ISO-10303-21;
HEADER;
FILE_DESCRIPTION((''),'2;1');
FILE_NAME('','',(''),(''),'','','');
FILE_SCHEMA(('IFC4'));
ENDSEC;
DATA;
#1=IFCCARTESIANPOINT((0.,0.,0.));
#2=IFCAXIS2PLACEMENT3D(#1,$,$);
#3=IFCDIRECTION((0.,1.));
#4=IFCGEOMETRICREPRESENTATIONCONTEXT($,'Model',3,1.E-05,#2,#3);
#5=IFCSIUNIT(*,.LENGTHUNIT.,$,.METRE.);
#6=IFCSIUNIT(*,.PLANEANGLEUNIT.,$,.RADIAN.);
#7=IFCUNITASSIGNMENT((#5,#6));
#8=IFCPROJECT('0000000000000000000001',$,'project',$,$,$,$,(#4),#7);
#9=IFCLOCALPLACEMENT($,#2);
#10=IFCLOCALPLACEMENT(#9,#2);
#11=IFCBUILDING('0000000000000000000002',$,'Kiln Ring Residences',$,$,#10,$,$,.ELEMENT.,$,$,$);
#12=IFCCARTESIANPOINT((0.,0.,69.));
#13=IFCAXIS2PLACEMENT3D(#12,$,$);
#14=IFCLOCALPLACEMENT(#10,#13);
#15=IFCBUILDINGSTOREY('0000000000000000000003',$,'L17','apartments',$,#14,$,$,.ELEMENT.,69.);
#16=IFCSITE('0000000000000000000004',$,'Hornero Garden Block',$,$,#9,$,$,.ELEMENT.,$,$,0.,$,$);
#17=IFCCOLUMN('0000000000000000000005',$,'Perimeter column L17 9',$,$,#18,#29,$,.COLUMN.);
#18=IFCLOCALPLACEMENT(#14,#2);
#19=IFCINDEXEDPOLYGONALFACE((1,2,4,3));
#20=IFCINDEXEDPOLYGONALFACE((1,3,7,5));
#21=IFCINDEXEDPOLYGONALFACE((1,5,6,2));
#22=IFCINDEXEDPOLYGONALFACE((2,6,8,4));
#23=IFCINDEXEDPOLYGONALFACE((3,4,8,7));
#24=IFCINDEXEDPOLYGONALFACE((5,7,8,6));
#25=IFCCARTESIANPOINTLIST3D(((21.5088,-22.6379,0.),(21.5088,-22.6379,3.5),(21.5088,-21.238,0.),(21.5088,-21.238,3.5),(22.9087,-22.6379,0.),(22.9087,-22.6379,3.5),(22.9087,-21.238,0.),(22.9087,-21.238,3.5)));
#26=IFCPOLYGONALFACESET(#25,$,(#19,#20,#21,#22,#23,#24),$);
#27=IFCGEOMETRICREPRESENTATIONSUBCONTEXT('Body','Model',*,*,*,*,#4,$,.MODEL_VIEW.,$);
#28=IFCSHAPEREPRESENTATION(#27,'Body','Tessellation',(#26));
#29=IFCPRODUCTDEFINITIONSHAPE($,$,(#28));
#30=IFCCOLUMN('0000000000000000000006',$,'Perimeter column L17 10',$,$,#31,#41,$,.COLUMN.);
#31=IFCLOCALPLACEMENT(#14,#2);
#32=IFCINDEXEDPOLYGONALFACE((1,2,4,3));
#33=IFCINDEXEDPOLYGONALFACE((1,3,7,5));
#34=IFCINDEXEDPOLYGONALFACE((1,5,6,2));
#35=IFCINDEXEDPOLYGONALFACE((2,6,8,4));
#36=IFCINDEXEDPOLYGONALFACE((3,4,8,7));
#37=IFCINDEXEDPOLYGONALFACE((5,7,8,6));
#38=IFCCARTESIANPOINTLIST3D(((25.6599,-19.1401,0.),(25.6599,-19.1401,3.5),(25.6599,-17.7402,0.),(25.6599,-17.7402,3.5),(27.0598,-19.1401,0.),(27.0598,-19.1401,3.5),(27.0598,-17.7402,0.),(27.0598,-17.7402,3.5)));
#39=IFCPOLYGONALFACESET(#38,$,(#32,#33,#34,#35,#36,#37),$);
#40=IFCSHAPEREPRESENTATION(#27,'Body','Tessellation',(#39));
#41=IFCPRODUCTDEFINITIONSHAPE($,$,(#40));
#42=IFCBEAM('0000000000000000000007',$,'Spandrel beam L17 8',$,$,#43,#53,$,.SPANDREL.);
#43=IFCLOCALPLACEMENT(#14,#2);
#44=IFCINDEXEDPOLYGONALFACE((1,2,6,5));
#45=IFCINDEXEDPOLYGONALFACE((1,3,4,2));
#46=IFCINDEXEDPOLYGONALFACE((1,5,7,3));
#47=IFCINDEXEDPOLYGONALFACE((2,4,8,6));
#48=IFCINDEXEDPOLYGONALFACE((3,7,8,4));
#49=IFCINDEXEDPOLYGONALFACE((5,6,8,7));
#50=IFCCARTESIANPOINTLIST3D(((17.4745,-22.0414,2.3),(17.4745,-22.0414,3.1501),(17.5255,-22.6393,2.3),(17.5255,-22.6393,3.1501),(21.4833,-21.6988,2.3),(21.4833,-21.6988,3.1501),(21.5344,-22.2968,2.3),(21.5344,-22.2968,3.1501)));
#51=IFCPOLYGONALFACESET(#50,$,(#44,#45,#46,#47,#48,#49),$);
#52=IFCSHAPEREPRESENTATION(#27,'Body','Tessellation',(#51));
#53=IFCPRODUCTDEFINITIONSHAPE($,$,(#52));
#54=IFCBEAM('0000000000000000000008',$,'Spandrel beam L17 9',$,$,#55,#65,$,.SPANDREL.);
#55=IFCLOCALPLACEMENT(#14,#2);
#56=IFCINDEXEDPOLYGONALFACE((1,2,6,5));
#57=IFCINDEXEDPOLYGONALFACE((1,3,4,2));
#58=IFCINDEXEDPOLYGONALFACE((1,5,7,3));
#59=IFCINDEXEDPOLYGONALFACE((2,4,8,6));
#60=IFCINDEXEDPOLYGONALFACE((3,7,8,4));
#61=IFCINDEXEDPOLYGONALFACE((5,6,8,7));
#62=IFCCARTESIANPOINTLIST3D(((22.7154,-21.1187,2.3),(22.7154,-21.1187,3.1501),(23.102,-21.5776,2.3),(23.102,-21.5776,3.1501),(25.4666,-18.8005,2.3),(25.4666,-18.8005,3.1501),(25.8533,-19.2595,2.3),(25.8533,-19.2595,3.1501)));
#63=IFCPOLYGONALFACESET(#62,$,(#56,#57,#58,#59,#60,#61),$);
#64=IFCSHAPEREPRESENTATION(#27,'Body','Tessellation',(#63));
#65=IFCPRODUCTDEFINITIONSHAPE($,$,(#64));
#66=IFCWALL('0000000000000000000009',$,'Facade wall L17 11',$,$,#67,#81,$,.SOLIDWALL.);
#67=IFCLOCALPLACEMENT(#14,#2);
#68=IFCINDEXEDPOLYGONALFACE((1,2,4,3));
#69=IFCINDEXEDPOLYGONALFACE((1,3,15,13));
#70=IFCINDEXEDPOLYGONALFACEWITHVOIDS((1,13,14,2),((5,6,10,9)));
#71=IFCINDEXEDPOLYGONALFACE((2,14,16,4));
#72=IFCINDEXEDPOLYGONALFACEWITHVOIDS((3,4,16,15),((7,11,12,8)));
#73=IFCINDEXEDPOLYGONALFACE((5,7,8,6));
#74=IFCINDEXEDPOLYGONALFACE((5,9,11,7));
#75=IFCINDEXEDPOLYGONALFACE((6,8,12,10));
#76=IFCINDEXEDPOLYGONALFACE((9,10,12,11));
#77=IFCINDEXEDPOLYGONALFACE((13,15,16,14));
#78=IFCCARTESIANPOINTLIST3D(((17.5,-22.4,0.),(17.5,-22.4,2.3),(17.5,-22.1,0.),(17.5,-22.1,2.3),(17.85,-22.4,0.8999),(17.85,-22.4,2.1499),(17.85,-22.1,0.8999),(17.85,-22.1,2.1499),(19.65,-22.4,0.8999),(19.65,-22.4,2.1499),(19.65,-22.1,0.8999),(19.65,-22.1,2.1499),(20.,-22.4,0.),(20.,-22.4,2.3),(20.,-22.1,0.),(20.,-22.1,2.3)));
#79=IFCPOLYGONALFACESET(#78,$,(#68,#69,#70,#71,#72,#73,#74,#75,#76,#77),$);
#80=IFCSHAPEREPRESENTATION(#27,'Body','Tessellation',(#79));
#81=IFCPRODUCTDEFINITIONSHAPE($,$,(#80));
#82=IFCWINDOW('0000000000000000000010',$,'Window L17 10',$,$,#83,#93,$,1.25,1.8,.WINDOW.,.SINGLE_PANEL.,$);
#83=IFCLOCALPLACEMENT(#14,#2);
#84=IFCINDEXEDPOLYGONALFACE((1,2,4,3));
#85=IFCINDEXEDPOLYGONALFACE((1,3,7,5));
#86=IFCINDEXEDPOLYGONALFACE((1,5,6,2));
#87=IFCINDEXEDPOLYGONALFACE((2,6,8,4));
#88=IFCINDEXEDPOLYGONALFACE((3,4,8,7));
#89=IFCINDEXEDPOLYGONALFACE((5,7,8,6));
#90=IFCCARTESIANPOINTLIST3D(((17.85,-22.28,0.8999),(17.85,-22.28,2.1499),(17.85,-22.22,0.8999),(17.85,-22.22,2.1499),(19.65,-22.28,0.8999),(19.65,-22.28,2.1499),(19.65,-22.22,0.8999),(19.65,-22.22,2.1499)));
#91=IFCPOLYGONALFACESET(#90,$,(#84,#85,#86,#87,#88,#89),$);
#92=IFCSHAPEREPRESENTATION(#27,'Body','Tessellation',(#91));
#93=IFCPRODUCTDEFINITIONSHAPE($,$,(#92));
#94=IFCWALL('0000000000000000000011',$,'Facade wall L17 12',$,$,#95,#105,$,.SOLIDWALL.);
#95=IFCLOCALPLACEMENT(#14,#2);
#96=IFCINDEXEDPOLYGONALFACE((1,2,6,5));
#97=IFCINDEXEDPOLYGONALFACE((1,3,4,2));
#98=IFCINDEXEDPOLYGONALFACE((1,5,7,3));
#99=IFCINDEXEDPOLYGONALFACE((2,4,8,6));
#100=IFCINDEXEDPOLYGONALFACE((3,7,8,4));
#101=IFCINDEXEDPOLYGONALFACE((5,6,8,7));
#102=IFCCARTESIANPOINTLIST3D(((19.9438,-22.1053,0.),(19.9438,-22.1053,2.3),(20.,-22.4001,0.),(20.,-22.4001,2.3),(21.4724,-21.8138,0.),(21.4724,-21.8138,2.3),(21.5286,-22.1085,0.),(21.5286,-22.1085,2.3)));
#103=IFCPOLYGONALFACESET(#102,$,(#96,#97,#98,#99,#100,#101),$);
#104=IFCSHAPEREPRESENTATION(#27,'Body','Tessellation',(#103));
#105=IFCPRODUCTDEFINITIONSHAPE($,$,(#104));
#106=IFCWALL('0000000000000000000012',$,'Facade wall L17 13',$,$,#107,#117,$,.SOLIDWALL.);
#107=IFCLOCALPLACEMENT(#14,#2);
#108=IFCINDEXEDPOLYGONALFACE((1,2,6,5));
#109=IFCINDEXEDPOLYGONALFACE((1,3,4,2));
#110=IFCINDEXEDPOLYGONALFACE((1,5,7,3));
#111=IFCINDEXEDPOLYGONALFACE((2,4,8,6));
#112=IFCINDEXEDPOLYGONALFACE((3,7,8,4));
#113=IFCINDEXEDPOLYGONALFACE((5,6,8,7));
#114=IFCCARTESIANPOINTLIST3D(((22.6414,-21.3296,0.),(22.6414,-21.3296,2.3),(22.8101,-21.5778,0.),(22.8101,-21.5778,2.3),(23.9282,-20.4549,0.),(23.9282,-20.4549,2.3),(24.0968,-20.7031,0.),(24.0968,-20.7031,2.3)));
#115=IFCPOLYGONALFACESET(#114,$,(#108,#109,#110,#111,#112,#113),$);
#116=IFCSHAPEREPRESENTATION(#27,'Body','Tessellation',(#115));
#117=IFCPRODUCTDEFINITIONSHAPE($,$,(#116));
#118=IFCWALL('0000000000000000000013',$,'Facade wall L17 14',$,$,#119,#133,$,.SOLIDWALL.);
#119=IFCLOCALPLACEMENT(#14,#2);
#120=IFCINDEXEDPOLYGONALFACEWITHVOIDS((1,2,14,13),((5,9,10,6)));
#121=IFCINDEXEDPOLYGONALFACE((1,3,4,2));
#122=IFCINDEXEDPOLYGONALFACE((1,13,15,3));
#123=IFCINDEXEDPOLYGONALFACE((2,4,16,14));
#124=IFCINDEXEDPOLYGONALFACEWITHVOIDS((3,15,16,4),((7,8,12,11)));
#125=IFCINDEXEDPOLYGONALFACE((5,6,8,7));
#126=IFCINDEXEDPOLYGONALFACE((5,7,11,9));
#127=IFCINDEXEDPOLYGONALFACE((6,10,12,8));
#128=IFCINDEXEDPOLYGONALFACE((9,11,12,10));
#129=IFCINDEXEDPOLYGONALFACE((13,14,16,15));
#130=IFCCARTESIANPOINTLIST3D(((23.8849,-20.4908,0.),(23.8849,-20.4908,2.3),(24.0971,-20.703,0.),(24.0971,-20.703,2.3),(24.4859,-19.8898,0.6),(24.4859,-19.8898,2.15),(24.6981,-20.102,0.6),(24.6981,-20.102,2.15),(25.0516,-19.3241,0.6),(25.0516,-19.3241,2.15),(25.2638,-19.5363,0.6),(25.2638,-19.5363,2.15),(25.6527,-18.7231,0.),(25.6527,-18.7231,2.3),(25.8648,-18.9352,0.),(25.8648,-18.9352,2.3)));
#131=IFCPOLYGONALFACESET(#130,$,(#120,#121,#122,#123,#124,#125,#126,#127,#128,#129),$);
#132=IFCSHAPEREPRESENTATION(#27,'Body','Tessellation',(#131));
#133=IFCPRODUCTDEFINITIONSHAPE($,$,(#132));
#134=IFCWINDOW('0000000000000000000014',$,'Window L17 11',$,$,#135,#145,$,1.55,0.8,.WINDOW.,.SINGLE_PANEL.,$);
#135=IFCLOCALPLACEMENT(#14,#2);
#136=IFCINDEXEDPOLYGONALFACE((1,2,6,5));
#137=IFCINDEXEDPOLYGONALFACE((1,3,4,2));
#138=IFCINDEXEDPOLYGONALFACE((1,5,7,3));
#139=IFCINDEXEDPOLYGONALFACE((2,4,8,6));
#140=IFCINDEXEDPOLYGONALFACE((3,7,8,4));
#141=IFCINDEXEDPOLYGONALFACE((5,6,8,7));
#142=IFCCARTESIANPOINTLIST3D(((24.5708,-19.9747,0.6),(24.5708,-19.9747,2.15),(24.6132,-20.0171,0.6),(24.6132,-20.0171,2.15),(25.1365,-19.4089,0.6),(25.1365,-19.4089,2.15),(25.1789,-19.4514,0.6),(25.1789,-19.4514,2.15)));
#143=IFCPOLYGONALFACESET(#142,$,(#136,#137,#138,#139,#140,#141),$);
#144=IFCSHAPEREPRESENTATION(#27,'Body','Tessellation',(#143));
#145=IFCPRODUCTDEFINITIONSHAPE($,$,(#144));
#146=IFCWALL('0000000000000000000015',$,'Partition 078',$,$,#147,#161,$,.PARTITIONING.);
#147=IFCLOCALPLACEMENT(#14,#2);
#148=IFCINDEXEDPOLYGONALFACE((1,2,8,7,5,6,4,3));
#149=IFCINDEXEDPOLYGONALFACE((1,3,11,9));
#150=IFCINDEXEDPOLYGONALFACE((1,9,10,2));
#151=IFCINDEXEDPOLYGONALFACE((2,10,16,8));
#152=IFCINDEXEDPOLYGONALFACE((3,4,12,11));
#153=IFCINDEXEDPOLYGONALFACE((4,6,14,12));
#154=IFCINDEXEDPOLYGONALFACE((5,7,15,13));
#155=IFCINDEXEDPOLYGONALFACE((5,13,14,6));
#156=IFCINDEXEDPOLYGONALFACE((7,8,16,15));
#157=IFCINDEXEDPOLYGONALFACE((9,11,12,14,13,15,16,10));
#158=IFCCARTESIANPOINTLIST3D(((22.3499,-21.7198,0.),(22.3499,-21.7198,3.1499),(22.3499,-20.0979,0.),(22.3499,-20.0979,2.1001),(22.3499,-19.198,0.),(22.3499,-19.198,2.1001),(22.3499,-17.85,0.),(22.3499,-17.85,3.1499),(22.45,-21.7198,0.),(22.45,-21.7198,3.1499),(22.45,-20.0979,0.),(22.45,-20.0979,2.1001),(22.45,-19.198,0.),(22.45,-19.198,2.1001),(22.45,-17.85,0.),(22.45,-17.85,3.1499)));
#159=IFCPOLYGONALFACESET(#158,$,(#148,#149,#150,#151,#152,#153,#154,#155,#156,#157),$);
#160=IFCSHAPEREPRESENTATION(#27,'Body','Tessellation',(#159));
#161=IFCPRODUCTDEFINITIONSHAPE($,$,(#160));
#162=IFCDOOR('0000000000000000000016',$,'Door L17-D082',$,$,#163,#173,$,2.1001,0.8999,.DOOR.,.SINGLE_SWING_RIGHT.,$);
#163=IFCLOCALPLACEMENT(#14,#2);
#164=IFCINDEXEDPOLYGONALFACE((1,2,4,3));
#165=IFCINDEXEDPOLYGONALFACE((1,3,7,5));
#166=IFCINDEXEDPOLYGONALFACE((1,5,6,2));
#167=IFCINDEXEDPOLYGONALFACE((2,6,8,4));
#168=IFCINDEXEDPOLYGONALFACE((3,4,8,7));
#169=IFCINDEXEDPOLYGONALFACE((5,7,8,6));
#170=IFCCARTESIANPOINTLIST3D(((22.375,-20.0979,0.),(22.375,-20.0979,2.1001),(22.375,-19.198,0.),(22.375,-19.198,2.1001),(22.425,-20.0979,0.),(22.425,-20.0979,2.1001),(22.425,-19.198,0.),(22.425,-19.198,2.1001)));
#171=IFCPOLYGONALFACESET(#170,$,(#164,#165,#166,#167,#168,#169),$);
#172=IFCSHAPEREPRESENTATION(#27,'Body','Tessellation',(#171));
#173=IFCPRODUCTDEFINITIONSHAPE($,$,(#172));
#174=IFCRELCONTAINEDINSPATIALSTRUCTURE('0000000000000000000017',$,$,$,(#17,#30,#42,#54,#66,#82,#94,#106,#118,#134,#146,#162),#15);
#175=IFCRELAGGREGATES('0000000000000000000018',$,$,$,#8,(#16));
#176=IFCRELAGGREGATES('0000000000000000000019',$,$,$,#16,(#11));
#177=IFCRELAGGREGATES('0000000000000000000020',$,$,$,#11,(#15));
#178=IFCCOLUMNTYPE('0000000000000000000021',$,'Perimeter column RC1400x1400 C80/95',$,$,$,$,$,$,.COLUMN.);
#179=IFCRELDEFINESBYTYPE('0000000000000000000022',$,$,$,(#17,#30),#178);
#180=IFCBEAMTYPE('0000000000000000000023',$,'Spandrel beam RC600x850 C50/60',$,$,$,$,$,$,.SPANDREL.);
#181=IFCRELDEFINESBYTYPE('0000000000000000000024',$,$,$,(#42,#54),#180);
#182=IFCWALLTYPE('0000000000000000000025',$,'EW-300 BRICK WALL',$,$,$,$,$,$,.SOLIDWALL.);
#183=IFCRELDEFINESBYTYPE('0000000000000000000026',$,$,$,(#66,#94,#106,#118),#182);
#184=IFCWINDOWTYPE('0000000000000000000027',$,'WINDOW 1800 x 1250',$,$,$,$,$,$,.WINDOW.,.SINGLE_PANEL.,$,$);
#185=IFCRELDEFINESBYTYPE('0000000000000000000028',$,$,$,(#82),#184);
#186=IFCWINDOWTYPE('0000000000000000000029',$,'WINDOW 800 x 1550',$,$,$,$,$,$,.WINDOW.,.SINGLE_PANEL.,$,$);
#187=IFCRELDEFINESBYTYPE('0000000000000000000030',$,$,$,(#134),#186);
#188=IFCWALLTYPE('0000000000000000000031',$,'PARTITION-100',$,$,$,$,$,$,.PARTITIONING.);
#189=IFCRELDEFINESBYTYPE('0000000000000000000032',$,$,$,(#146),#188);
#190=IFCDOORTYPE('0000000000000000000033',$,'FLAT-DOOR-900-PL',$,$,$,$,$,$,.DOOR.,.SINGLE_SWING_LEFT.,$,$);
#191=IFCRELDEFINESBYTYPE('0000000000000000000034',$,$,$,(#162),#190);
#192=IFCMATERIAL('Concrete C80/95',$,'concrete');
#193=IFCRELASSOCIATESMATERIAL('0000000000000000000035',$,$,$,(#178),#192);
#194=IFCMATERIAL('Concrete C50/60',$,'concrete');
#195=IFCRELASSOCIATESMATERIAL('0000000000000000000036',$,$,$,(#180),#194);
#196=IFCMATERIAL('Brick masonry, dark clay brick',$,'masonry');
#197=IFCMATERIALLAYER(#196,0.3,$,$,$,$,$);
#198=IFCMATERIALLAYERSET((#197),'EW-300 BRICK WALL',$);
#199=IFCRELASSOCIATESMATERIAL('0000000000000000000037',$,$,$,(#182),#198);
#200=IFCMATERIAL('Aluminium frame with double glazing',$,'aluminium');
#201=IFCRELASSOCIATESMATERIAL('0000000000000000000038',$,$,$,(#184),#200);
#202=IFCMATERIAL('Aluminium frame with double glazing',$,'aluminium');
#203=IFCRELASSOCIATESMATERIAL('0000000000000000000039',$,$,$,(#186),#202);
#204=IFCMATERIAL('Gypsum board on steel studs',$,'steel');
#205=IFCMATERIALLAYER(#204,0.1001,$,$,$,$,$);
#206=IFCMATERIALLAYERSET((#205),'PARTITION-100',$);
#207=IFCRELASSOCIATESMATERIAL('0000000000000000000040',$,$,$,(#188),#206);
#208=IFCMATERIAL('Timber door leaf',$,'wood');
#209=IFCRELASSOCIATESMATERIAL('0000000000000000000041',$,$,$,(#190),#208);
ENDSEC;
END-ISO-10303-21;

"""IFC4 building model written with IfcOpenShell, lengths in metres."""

from ifc_helpers import new_model, si_unit, direction, frame, frame_2d, origin, origin_2d, place, context, subcontext, project, spatial, rectangle, extrude, material, layer, layer_set, material_profile, profile_set, type_object, element, fill, save


model = new_model("IFC4")

# Units and contexts
model_context = context("Model", 3, precision=1e-05, world=origin(), true_north=direction((0.0, 1.0)))
body_context = subcontext(model_context, "Body", "Model", "MODEL_VIEW")
ifc_project = project(units=[si_unit("LENGTHUNIT", "METRE"), si_unit("PLANEANGLEUNIT", "RADIAN")], contexts=[model_context])

# Site, building, storey
site_placement = place(None, origin())
site = spatial("IfcSite", under=ifc_project, at=site_placement, Name="Hornero Garden Block", CompositionType="ELEMENT", RefElevation=0.0)
building_placement = place(site_placement, origin())
building = spatial("IfcBuilding", under=site, at=building_placement, Name="Kiln Ring Residences", CompositionType="ELEMENT")
storey_placement = place(building_placement, frame((0.0, 0.0, 69.0)))
storey = spatial("IfcBuildingStorey", under=building, at=storey_placement, Name="L17", Description="apartments", CompositionType="ELEMENT", Elevation=69.0)

# Columns
ifc_material_1 = material(Name="Concrete C80/95", Category="concrete")
ifc_material_profile_1 = material_profile(ifc_material_1, rectangle(XDim=1.3999, YDim=1.3999, at=origin_2d()), Name="RC1400x1400")
ifc_profile_set_1 = profile_set([ifc_material_profile_1], Name="Concrete C80/95")
column_type = type_object("IfcColumnType", Name="Perimeter column RC1400x1400 C80/95", PredefinedType="COLUMN", material=ifc_profile_set_1)
for number, where, z_axis, x_axis, name in (
    (1, (22.2087, -21.938, 0.0), (0.0, 0.0, 1.0), (1.0, 0.0, 0.0), "Perimeter column L17 9"),
    (2, (26.3599, -18.4402, 0.0), (0.0, 0.0, 1.0), (1.0, 0.0, 0.0), "Perimeter column L17 10"),
):
    element("IfcColumn", number, at=place(storey_placement, frame(where, z_axis=z_axis, x_axis=x_axis)), inside=storey, type_object=column_type, Name=name, PredefinedType="COLUMN", context=body_context, shape_type="SweptSolid", body=[
        extrude(rectangle(XDim=1.3999, YDim=1.3999, at=origin_2d()), origin(), (0.0, 0.0, 1.0), 3.5),
    ])

# Beams
ifc_material_2 = material(Name="Concrete C50/60", Category="concrete")
ifc_material_profile_2 = material_profile(ifc_material_2, rectangle(XDim=0.6001, YDim=0.8501, at=origin_2d()), Name="RC600x850")
ifc_profile_set_2 = profile_set([ifc_material_profile_2], Name="Concrete C50/60")
beam_type = type_object("IfcBeamType", Name="Spandrel beam RC600x850 C50/60", PredefinedType="SPANDREL", material=ifc_profile_set_2)
beam_1_placement = place(storey_placement, frame((17.5, -22.3403, 2.7251), z_axis=(0.996369, 0.085134, 0.0), x_axis=(-0.085134, 0.996369, 0.0)))
element("IfcBeam", 3, at=beam_1_placement, inside=storey, type_object=beam_type, Name="Spandrel beam L17 8", PredefinedType="SPANDREL", context=body_context, shape_type="SweptSolid", body=[
    extrude(rectangle(XDim=0.6001, YDim=0.8501, at=origin_2d()), origin(), (0.0, 0.0, 1.0), 4.0234),
])
beam_2_placement = place(storey_placement, frame((22.9087, -21.3481, 2.7251), z_axis=(0.764733, 0.644347, 0.0), x_axis=(-0.644347, 0.764733, 0.0)))
element("IfcBeam", 4, at=beam_2_placement, inside=storey, type_object=beam_type, Name="Spandrel beam L17 9", PredefinedType="SPANDREL", context=body_context, shape_type="SweptSolid", body=[
    extrude(rectangle(XDim=0.6001, YDim=0.8501, at=origin_2d()), origin(), (0.0, 0.0, 1.0), 3.5977),
])

# Wall, opening, window
ifc_material_3 = material(Name="Brick masonry, dark clay brick", Category="masonry")
ifc_layer_1 = layer(ifc_material_3, 0.3)
ifc_layer_set_1 = layer_set([ifc_layer_1], Name="EW-300 BRICK WALL")
wall_type_1 = type_object("IfcWallType", Name="EW-300 BRICK WALL", PredefinedType="SOLIDWALL", material=ifc_layer_set_1)
wall_1_placement = place(storey_placement, frame((17.5, -22.25, 0.0), z_axis=(0.0, 0.0, 1.0), x_axis=(1.0, 0.0, 0.0)))
wall_1 = element("IfcWall", 5, at=wall_1_placement, inside=storey, type_object=wall_type_1, Name="Facade wall L17 11", PredefinedType="SOLIDWALL", context=body_context, shape_type="SweptSolid", body=[
    extrude(rectangle(XDim=2.5, YDim=0.3, at=frame_2d((1.25, 0.0))), origin(), (0.0, 0.0, 1.0), 2.3),
])
opening_1_placement = place(wall_1_placement, frame((0.3501, 0.0, 0.8999)))
opening_1 = element("IfcOpeningElement", 6, at=opening_1_placement, cuts=wall_1, PredefinedType="OPENING", context=body_context, shape_type="SweptSolid", body=[
    extrude(rectangle(XDim=1.8, YDim=1.25, at=frame_2d((0.8999, 0.625))), frame((0.0, 0.1599, 0.0), z_axis=(0.0, -1.0, 0.0), x_axis=(1.0, 0.0, 0.0)), (0.0, 0.0, 1.0), 0.3201),
])
ifc_material_4 = material(Name="Aluminium frame with double glazing", Category="aluminium")
window_type_1 = type_object("IfcWindowType", Name="WINDOW 1800 x 1250", PartitioningType="SINGLE_PANEL", PredefinedType="WINDOW", material=ifc_material_4)
window_1_placement = place(opening_1_placement, origin())
window_1 = element("IfcWindow", 7, at=window_1_placement, inside=storey, type_object=window_type_1, Name="Window L17 10", OverallHeight=1.25, OverallWidth=1.8, PartitioningType="SINGLE_PANEL", PredefinedType="WINDOW", context=body_context, shape_type="SweptSolid", body=[
    extrude(rectangle(XDim=1.8, YDim=1.25, at=frame_2d((0.8999, 0.625))), frame((0.0, 0.03, 0.0), z_axis=(0.0, -1.0, 0.0), x_axis=(1.0, 0.0, 0.0)), (0.0, 0.0, 1.0), 0.0601),
])
fill(opening_1, window_1)

# Walls
wall_2_placement = place(storey_placement, frame((19.9719, -22.2527, 0.0), z_axis=(0.0, 0.0, 1.0), x_axis=(0.982297, 0.187328, 0.0)))
element("IfcWall", 8, at=wall_2_placement, inside=storey, type_object=wall_type_1, Name="Facade wall L17 12", PredefinedType="SOLIDWALL", context=body_context, shape_type="SweptSolid", body=[
    extrude(rectangle(XDim=1.5562, YDim=0.3, at=frame_2d((0.7781, 0.0))), origin(), (0.0, 0.0, 1.0), 2.3),
])
wall_3_placement = place(storey_placement, frame((22.7258, -21.4536, 0.0), z_axis=(0.0, 0.0, 1.0), x_axis=(0.82702, 0.562173, 0.0)))
element("IfcWall", 9, at=wall_3_placement, inside=storey, type_object=wall_type_1, Name="Facade wall L17 13", PredefinedType="SOLIDWALL", context=body_context, shape_type="SweptSolid", body=[
    extrude(rectangle(XDim=1.5559, YDim=0.3, at=frame_2d((0.7778, 0.0))), origin(), (0.0, 0.0, 1.0), 2.3),
])

# Wall, opening, window
wall_4_placement = place(storey_placement, frame((23.991, -20.5969, 0.0), z_axis=(0.0, 0.0, 1.0), x_axis=(0.707107, 0.707107, 0.0)))
wall_4 = element("IfcWall", 10, at=wall_4_placement, inside=storey, type_object=wall_type_1, Name="Facade wall L17 14", PredefinedType="SOLIDWALL", context=body_context, shape_type="SweptSolid", body=[
    extrude(rectangle(XDim=2.5, YDim=0.3, at=frame_2d((1.25, 0.0))), origin(), (0.0, 0.0, 1.0), 2.3),
])
opening_2_placement = place(wall_4_placement, frame((0.8501, 0.0, 0.6001)))
opening_2 = element("IfcOpeningElement", 11, at=opening_2_placement, cuts=wall_4, PredefinedType="OPENING", context=body_context, shape_type="SweptSolid", body=[
    extrude(rectangle(XDim=0.8, YDim=1.55, at=frame_2d((0.3999, 0.7749))), frame((0.0, 0.1599, 0.0), z_axis=(0.0, -1.0, 0.0), x_axis=(1.0, 0.0, 0.0)), (0.0, 0.0, 1.0), 0.3201),
])
ifc_material_5 = material(Name="Aluminium frame with double glazing", Category="aluminium")
window_type_2 = type_object("IfcWindowType", Name="WINDOW 800 x 1550", PartitioningType="SINGLE_PANEL", PredefinedType="WINDOW", material=ifc_material_5)
window_2_placement = place(opening_2_placement, origin())
window_2 = element("IfcWindow", 12, at=window_2_placement, inside=storey, type_object=window_type_2, Name="Window L17 11", OverallHeight=1.55, OverallWidth=0.8, PartitioningType="SINGLE_PANEL", PredefinedType="WINDOW", context=body_context, shape_type="SweptSolid", body=[
    extrude(rectangle(XDim=0.8, YDim=1.55, at=frame_2d((0.3999, 0.7749))), frame((0.0, 0.03, 0.0), z_axis=(0.0, -1.0, 0.0), x_axis=(1.0, 0.0, 0.0)), (0.0, 0.0, 1.0), 0.0601),
])
fill(opening_2, window_2)

# Wall, opening, door
ifc_material_6 = material(Name="Gypsum board on steel studs", Category="steel")
ifc_layer_2 = layer(ifc_material_6, 0.1001)
ifc_layer_set_2 = layer_set([ifc_layer_2], Name="PARTITION-100")
wall_type_2 = type_object("IfcWallType", Name="PARTITION-100", PredefinedType="PARTITIONING", material=ifc_layer_set_2)
wall_5_placement = place(storey_placement, frame((22.3999, -21.72, 0.0), z_axis=(0.0, 0.0, 1.0), x_axis=(0.0, 1.0, 0.0)))
wall_5 = element("IfcWall", 13, at=wall_5_placement, inside=storey, type_object=wall_type_2, Name="Partition 078", PredefinedType="PARTITIONING", context=body_context, shape_type="SweptSolid", body=[
    extrude(rectangle(XDim=3.8699, YDim=0.1001, at=frame_2d((1.9351, 0.0))), origin(), (0.0, 0.0, 1.0), 3.1499),
])
opening_3_placement = place(wall_5_placement, frame((1.6221, 0.0, 0.0)))
opening_3 = element("IfcOpeningElement", 14, at=opening_3_placement, cuts=wall_5, PredefinedType="OPENING", context=body_context, shape_type="SweptSolid", body=[
    extrude(rectangle(XDim=0.8999, YDim=2.1001, at=frame_2d((0.45, 1.05))), frame((0.0, 0.0601, 0.0), z_axis=(0.0, -1.0, 0.0), x_axis=(1.0, 0.0, 0.0)), (0.0, 0.0, 1.0), 0.1201),
])
ifc_material_7 = material(Name="Timber door leaf", Category="wood")
door_type = type_object("IfcDoorType", Name="FLAT-DOOR-900-PL", OperationType="SINGLE_SWING_LEFT", PredefinedType="DOOR", material=ifc_material_7)
door_placement = place(opening_3_placement, origin())
door = element("IfcDoor", 15, at=door_placement, inside=storey, type_object=door_type, Name="Door L17-D082", OperationType="SINGLE_SWING_RIGHT", OverallHeight=2.1001, OverallWidth=0.8999, PredefinedType="DOOR", context=body_context, shape_type="SweptSolid", body=[
    extrude(rectangle(XDim=0.8999, YDim=2.1001, at=frame_2d((0.45, 1.05))), frame((0.0, 0.0249, 0.0), z_axis=(0.0, -1.0, 0.0), x_axis=(1.0, 0.0, 0.0)), (0.0, 0.0, 1.0), 0.05),
])
fill(opening_3, door)

save(model, "model.ifc")
